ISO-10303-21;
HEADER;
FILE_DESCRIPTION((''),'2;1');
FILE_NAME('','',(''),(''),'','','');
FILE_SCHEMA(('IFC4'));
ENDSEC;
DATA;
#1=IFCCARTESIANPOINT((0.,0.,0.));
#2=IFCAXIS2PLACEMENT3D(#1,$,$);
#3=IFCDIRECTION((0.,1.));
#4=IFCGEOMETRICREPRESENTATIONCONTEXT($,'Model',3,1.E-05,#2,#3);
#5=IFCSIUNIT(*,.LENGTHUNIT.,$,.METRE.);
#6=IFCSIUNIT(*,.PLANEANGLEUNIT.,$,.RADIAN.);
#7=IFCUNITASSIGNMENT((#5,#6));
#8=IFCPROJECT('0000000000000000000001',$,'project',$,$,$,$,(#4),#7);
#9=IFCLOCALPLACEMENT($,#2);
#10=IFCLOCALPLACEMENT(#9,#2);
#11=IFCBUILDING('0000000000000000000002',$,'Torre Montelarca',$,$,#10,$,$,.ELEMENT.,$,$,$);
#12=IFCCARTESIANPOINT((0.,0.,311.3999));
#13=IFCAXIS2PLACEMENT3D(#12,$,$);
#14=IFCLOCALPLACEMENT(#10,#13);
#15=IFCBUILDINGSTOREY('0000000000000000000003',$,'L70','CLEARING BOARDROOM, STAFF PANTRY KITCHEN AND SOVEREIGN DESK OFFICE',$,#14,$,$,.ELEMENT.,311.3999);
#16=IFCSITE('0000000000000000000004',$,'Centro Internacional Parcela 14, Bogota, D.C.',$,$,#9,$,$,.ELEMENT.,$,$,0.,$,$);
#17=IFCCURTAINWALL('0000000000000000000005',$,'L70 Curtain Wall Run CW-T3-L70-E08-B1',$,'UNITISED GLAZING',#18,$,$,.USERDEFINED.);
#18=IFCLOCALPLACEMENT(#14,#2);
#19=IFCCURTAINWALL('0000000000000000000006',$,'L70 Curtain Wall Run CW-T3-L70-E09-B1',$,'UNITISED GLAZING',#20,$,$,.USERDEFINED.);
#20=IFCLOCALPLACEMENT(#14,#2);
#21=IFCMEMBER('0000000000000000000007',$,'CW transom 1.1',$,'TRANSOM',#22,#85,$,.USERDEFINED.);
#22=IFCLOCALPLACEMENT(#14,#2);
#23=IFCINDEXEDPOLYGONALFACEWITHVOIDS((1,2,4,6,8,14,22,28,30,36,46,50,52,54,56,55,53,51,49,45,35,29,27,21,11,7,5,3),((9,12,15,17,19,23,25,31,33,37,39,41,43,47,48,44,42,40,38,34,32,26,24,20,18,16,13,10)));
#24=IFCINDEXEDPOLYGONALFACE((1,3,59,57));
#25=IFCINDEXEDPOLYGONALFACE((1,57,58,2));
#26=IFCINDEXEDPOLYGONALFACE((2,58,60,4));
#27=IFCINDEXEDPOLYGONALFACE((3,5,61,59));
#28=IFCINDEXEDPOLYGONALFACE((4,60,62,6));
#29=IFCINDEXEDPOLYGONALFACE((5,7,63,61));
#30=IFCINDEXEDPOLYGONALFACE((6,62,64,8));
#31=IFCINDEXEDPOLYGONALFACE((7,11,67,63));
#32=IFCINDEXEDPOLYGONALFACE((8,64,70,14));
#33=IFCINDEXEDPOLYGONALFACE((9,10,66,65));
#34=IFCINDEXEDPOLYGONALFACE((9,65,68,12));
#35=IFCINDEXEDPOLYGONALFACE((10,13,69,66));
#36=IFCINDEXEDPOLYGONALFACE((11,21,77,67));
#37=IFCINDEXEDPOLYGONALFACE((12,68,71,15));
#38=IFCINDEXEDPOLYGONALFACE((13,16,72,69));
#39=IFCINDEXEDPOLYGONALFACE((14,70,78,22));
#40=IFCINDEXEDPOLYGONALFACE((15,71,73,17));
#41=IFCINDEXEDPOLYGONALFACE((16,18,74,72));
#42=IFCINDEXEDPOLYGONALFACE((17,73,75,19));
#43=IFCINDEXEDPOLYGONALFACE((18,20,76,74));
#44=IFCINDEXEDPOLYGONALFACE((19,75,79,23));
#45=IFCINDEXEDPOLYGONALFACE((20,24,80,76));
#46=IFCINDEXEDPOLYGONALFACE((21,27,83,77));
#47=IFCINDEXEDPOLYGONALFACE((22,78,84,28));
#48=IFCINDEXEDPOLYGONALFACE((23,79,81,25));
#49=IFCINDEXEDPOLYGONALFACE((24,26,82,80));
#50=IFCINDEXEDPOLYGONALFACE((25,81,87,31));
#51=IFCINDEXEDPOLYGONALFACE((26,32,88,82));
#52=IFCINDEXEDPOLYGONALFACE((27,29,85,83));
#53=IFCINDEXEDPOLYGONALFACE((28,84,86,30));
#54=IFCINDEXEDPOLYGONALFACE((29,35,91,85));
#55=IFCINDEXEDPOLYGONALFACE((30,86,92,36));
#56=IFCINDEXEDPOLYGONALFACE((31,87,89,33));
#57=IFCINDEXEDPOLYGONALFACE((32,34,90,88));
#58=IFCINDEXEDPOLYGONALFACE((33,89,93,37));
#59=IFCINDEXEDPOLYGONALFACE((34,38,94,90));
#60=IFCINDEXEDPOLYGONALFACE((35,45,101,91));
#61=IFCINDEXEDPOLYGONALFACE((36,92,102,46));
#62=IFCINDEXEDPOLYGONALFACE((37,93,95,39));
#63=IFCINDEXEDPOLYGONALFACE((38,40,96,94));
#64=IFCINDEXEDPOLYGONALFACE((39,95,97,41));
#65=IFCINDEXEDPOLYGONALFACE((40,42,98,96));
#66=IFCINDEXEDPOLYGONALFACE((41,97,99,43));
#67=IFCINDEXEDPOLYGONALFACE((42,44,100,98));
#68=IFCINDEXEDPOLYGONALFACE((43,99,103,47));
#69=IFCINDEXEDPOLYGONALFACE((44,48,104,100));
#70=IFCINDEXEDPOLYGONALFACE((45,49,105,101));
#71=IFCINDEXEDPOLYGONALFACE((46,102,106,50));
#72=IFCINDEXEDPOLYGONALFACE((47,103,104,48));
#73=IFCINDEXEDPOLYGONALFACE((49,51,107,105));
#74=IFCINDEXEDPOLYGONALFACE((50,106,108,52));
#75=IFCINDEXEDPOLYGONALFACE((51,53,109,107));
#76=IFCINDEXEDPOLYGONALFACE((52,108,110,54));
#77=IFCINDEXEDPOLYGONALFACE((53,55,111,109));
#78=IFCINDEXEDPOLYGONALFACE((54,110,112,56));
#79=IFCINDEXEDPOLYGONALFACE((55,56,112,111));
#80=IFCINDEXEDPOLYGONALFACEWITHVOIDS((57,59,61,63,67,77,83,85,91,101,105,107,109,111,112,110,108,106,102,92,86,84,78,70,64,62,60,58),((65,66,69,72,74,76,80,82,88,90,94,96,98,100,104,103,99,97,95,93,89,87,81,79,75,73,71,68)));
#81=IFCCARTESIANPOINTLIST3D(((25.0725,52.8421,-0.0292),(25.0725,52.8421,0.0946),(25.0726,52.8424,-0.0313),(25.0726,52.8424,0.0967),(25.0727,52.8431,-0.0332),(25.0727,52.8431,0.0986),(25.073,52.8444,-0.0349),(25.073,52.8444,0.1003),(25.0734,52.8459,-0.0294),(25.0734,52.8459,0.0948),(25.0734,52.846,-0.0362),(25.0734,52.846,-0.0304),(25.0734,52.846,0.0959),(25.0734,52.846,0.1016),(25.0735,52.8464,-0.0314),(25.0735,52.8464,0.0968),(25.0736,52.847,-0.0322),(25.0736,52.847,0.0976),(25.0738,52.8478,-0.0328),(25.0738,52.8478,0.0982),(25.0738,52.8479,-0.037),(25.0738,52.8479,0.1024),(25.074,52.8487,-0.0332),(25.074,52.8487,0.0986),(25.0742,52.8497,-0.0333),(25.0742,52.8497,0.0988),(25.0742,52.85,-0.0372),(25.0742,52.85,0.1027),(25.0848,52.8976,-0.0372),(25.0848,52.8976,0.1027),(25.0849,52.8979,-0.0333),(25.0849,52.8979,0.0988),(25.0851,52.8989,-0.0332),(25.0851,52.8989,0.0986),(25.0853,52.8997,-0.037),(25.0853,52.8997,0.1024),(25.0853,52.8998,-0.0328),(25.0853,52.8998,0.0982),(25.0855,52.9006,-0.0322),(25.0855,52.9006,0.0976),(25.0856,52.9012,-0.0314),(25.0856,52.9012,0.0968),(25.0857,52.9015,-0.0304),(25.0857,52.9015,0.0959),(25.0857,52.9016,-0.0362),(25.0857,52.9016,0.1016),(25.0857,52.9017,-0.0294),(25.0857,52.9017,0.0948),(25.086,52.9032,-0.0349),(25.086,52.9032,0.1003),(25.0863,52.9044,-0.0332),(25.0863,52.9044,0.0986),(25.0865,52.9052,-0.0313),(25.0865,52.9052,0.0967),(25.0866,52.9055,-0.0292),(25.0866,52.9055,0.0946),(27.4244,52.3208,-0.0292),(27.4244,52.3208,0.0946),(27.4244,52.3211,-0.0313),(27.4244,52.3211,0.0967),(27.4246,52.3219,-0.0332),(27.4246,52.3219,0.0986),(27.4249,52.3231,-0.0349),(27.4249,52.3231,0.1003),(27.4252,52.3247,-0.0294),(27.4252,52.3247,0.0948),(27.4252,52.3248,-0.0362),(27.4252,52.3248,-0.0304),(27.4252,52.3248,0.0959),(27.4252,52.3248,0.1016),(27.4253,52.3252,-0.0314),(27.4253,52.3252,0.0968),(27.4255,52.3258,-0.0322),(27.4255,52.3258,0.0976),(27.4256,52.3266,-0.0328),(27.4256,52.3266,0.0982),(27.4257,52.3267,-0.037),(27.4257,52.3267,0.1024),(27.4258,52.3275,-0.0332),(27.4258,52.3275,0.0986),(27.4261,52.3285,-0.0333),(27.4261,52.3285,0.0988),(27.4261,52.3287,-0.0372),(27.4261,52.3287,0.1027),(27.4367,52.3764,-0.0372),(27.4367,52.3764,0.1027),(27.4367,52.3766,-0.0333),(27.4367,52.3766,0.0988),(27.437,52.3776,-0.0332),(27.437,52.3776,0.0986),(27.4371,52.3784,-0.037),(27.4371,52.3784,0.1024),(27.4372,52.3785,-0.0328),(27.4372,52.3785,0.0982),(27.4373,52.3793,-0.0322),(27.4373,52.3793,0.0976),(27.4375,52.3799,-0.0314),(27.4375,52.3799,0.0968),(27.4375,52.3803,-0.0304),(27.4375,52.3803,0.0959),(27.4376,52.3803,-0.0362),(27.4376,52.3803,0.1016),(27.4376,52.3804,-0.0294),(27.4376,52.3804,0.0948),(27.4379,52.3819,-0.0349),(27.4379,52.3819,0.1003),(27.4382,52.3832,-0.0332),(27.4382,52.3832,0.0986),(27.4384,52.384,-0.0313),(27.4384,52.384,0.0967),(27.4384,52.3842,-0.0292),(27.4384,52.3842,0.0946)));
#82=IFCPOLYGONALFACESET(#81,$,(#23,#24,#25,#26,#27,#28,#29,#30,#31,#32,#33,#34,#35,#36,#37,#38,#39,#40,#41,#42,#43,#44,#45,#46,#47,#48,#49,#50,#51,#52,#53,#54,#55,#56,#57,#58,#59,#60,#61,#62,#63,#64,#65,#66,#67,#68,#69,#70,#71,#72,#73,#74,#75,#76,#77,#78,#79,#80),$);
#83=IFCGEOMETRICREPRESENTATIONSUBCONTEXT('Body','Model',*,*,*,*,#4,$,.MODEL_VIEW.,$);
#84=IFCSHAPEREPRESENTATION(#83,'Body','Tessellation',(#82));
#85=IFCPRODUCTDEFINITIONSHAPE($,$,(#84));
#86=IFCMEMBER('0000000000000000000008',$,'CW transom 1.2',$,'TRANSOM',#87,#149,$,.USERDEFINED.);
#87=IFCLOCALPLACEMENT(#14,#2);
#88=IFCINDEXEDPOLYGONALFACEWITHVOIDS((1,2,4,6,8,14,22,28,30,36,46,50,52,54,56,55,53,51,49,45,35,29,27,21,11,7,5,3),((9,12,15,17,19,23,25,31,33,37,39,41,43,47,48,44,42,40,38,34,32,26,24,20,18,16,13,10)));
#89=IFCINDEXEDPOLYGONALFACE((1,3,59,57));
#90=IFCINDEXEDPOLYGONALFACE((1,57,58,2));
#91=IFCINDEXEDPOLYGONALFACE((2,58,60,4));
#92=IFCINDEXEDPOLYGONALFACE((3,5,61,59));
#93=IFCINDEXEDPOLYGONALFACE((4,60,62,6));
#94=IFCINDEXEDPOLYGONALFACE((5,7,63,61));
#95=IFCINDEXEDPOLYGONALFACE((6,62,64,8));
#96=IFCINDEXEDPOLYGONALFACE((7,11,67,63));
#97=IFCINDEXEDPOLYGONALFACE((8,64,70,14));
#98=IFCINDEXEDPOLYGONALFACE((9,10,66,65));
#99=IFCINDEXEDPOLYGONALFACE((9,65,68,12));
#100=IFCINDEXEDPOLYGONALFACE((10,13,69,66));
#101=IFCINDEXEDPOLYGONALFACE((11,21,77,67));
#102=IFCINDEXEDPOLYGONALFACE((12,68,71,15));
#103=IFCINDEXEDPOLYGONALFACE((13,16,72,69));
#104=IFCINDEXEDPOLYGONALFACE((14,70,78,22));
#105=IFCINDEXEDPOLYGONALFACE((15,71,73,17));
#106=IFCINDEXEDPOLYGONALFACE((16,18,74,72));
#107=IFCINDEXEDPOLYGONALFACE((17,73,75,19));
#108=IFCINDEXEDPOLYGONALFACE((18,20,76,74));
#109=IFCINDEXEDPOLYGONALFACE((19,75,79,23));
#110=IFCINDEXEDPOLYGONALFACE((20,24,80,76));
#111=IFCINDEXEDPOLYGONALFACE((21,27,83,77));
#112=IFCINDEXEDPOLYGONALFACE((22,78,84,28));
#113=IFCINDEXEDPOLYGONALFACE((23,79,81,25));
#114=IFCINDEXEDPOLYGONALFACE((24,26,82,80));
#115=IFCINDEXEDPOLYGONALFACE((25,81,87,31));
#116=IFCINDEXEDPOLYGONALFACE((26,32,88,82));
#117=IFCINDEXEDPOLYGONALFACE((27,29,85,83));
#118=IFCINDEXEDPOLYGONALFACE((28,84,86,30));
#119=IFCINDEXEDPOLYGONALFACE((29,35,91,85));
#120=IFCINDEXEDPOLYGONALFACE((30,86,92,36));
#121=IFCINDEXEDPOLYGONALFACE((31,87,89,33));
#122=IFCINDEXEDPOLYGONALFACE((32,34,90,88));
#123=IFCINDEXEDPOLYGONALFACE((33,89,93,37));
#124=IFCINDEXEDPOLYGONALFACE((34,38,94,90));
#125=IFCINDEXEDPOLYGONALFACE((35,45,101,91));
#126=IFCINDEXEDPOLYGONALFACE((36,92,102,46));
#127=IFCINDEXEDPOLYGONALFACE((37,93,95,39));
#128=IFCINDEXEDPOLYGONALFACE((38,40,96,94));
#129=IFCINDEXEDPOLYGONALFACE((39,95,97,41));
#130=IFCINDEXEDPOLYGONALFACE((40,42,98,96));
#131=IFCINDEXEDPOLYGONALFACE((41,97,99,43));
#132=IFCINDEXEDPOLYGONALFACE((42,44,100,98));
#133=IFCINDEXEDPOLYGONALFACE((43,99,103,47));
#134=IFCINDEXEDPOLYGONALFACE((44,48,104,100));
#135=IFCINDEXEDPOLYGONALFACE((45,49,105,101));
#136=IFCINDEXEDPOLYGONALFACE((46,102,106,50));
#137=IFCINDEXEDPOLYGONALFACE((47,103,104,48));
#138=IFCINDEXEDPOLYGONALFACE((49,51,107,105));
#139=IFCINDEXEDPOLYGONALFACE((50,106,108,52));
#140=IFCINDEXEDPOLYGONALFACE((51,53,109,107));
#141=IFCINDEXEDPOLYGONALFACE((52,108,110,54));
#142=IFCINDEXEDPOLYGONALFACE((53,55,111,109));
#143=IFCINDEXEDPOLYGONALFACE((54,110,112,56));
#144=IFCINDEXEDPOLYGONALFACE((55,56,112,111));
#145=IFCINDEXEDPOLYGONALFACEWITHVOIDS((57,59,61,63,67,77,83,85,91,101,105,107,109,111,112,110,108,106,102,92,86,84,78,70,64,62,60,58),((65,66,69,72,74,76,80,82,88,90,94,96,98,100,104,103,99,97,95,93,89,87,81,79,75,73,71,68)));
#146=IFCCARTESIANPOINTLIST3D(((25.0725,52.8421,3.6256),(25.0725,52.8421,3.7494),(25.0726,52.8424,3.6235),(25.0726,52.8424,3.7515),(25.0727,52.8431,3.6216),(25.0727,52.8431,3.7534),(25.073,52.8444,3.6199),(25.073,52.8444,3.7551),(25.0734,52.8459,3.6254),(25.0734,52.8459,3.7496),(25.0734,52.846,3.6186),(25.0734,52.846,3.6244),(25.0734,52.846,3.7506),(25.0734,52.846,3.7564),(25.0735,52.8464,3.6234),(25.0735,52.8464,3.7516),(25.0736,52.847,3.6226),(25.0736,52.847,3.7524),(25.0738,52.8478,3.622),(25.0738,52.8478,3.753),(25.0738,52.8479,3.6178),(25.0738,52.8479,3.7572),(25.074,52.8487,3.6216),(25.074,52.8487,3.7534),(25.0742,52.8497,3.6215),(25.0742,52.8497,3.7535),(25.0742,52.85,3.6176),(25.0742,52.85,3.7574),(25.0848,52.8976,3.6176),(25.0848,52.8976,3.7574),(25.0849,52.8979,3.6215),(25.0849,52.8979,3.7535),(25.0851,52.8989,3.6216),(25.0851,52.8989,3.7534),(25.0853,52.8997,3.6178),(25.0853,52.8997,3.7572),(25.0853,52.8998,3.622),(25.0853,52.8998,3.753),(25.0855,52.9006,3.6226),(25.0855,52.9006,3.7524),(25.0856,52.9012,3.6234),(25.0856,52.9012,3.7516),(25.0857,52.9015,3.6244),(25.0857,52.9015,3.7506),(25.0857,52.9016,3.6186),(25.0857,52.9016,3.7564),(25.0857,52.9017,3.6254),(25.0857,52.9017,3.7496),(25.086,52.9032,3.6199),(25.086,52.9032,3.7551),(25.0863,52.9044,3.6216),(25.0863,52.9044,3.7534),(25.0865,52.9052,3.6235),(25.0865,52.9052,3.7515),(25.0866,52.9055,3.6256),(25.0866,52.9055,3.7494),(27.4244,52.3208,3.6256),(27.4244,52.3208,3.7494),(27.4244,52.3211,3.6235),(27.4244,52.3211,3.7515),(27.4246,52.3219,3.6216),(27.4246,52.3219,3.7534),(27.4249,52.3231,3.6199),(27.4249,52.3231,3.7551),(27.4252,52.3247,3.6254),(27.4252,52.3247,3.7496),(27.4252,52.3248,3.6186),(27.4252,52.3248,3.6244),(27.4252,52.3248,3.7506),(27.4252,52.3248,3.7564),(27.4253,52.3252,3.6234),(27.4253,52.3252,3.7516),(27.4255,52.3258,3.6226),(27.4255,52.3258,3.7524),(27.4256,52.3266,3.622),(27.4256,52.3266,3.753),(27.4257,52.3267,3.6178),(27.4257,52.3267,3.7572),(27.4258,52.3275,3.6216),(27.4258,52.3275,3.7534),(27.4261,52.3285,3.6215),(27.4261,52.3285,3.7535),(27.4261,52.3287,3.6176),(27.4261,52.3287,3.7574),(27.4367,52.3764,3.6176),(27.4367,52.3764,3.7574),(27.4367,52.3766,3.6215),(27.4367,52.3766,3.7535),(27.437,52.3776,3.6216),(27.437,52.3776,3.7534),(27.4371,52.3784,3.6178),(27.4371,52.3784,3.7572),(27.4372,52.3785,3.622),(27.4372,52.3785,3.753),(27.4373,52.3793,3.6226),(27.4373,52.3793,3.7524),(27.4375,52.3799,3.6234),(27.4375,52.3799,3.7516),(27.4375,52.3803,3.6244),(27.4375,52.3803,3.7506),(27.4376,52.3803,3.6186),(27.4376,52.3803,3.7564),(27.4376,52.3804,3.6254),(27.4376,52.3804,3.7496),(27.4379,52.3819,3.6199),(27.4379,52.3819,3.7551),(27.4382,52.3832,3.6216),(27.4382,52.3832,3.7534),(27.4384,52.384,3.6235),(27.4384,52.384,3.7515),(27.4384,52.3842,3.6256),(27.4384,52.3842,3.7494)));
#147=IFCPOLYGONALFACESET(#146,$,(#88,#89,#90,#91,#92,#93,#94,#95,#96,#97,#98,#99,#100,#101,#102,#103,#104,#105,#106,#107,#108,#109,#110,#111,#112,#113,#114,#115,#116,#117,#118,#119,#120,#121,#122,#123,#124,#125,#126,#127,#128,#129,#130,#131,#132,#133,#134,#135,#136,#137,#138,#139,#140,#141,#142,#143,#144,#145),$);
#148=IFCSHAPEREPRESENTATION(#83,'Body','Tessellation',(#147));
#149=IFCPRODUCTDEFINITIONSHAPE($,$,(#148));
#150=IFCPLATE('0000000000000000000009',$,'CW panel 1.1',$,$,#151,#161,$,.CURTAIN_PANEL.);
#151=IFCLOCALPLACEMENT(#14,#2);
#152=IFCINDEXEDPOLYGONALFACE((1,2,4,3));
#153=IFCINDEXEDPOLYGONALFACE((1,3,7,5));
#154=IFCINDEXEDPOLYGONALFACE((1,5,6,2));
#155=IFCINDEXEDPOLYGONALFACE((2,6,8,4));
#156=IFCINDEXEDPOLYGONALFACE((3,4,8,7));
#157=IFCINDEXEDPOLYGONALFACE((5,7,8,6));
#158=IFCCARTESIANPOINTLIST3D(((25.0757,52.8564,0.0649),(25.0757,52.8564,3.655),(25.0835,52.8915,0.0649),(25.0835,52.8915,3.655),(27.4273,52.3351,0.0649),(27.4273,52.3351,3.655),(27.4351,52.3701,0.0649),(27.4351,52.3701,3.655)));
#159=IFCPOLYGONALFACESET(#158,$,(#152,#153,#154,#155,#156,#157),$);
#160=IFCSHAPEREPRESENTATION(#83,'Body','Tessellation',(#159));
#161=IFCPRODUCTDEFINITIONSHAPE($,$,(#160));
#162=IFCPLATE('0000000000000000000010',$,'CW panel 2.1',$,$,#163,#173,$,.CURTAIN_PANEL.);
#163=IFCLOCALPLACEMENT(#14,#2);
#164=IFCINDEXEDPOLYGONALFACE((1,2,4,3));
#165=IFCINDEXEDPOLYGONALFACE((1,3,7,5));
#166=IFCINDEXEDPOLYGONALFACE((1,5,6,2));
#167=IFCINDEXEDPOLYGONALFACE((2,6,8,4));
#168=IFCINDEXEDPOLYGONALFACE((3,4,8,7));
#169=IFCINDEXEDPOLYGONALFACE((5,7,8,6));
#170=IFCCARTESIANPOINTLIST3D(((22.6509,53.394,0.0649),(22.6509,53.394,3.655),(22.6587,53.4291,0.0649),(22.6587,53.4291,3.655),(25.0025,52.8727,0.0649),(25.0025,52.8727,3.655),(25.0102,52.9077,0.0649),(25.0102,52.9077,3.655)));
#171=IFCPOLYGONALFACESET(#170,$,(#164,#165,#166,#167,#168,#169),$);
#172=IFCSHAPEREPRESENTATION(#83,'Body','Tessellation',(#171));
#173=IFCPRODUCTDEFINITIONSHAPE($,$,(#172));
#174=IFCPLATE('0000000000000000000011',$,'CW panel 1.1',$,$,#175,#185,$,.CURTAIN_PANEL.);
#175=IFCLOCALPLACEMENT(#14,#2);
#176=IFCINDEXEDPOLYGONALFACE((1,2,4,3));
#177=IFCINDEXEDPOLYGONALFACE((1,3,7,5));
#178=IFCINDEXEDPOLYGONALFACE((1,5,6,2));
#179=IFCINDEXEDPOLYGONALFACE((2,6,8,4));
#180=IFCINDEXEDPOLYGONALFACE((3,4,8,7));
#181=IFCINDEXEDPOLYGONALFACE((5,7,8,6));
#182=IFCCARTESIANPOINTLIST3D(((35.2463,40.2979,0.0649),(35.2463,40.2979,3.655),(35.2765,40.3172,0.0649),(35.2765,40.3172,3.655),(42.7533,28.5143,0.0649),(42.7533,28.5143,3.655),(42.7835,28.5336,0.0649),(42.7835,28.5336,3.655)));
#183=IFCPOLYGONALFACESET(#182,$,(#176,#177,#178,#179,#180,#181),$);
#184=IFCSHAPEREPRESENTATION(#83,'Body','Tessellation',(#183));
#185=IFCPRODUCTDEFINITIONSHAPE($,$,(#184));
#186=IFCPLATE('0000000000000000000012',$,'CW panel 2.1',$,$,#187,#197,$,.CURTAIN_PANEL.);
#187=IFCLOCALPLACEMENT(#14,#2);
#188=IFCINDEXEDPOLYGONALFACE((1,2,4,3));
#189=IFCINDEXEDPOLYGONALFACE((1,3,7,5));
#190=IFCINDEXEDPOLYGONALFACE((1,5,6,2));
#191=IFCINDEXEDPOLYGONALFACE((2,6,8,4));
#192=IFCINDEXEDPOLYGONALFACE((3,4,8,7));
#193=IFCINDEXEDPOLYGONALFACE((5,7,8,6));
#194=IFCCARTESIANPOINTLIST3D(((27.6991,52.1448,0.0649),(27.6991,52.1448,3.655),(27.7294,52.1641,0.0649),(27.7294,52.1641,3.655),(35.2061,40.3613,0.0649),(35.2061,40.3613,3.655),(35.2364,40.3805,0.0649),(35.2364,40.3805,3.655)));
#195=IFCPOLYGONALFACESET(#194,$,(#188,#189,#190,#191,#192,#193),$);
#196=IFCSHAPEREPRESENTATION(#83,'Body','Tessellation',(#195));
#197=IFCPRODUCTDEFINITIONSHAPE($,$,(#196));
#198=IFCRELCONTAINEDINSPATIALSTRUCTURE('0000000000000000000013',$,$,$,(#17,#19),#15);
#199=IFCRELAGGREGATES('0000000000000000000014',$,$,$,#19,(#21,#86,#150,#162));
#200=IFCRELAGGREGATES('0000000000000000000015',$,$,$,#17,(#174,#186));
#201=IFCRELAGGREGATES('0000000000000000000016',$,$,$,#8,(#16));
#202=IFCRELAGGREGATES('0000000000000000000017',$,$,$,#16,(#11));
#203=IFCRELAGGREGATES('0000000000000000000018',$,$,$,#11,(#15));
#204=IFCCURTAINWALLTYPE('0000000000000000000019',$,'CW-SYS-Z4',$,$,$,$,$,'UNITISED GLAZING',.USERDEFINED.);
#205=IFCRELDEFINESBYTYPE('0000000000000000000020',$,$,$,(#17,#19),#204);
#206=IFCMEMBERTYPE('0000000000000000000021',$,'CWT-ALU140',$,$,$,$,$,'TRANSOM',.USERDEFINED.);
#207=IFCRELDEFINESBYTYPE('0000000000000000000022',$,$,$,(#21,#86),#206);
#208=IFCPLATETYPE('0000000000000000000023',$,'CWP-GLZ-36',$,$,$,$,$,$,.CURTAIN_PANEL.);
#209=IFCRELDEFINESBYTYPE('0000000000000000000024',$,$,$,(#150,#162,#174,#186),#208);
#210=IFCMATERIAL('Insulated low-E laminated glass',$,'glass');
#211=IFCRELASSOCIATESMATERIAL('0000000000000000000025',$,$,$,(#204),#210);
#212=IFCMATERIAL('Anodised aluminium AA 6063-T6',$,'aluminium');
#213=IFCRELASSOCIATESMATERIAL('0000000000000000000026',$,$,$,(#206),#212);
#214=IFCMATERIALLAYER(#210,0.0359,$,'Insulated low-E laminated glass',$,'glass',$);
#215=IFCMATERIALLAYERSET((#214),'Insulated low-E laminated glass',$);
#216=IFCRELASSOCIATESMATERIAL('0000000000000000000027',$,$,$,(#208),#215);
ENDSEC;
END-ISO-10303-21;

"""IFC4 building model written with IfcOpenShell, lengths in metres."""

from ifc_helpers import new_model, si_unit, direction, frame, origin, origin_2d, place, context, subcontext, project, spatial, rectangle, hollow_rectangle, extrude, source, transform, mapped, material, layer, layer_set, material_profile, profile_set, type_object, element, aggregate, save


model = new_model("IFC4")

# Units and contexts
model_context = context("Model", 3, precision=1e-05, world=origin(), true_north=direction((0.0, 1.0)))
body_context = subcontext(model_context, "Body", "Model", "MODEL_VIEW")
ifc_project = project(units=[si_unit("LENGTHUNIT", "METRE"), si_unit("PLANEANGLEUNIT", "RADIAN")], contexts=[model_context])

# Site, building, storey
site_placement = place(None, origin())
site = spatial("IfcSite", under=ifc_project, at=site_placement, Name="Centro Internacional Parcela 14, Bogota, D.C.", CompositionType="ELEMENT", RefElevation=0.0)
building_placement = place(site_placement, origin())
building = spatial("IfcBuilding", under=site, at=building_placement, Name="Torre Montelarca", CompositionType="ELEMENT")
storey_placement = place(building_placement, frame((0.0, 0.0, 311.3999)))
storey = spatial("IfcBuildingStorey", under=building, at=storey_placement, Name="L70", Description="CLEARING BOARDROOM, STAFF PANTRY KITCHEN AND SOVEREIGN DESK OFFICE", CompositionType="ELEMENT", Elevation=311.3999)

# Curtain walls
ifc_material_1 = material(Name="Insulated low-E laminated glass", Category="glass")
curtain_wall_type = type_object("IfcCurtainWallType", Name="CW-SYS-Z4", ElementType="UNITISED GLAZING", PredefinedType="USERDEFINED", material=ifc_material_1)
curtain_wall_1_placement = place(storey_placement, origin())
curtain_wall_1 = element("IfcCurtainWall", 1, at=curtain_wall_1_placement, inside=storey, type_object=curtain_wall_type, Name="L70 Curtain Wall Run CW-T3-L70-E08-B1", ObjectType="UNITISED GLAZING", PredefinedType="USERDEFINED")
ifc_material_2 = material(Name="Anodised aluminium AA 6063-T6", Category="aluminium")
curtain_wall_2_placement = place(storey_placement, origin())
curtain_wall_2 = element("IfcCurtainWall", 2, at=curtain_wall_2_placement, inside=storey, type_object=curtain_wall_type, Name="L70 Curtain Wall Run CW-T3-L70-E09-B1", ObjectType="UNITISED GLAZING", PredefinedType="USERDEFINED")
ifc_material_profile_1 = material_profile(ifc_material_2, hollow_rectangle(XDim=0.0649, YDim=0.1399, WallThickness=0.0039, InnerFilletRadius=0.0039, OuterFilletRadius=0.0081, at=origin_2d()), Name="ALU65X140X4", Category="aluminium")
ifc_profile_set_1 = profile_set([ifc_material_profile_1], Name="Anodised aluminium AA 6063-T6")
member_type_1 = type_object("IfcMemberType", Name="CWT-ALU140", ElementType="TRANSOM", PredefinedType="USERDEFINED", material=ifc_profile_set_1)

# Members
shared_shape_1 = source(origin(), body_context, "Body", "SweptSolid", [
    extrude(hollow_rectangle(XDim=0.0649, YDim=0.1399, WallThickness=0.0039, InnerFilletRadius=0.0039, OuterFilletRadius=0.0081, at=origin_2d()), origin(), (0.0, 0.0, 1.0), 2.4089),
])
member_1_placement = place(storey_placement, frame((27.4314, 52.3525, 0.0327), z_axis=(-0.976309, 0.216383, 0.0), x_axis=(-0.216383, -0.976309, 0.0)))
member_1 = element("IfcMember", 3, at=member_1_placement, type_object=member_type_1, Name="CW transom 1.1", ObjectType="TRANSOM", PredefinedType="USERDEFINED", context=body_context, shape_type="MappedRepresentation", body=[
    mapped(shared_shape_1, transform((0.0, 0.0, 0.0), scale=1.0)),
])
member_2_placement = place(storey_placement, frame((27.4314, 52.3525, 3.6875), z_axis=(-0.976309, 0.216383, 0.0), x_axis=(-0.216383, -0.976309, 0.0)))
member_2 = element("IfcMember", 4, at=member_2_placement, type_object=member_type_1, Name="CW transom 1.2", ObjectType="TRANSOM", PredefinedType="USERDEFINED", context=body_context, shape_type="MappedRepresentation", body=[
    mapped(shared_shape_1, transform((0.0, 0.0, 0.0), scale=1.0)),
])

# Plates
ifc_layer_1 = layer(ifc_material_1, 0.0359, Name="Insulated low-E laminated glass", Category="glass")
ifc_layer_set_1 = layer_set([ifc_layer_1], Name="Insulated low-E laminated glass")
plate_type = type_object("IfcPlateType", Name="CWP-GLZ-36", PredefinedType="CURTAIN_PANEL", material=ifc_layer_set_1)
shared_shape_2 = source(origin(), body_context, "Body", "SweptSolid", [
    extrude(rectangle(XDim=2.4087, YDim=0.0359, at=origin_2d()), origin(), (0.0, 0.0, 1.0), 3.5901),
])
plate_1_placement = place(storey_placement, frame((26.2554, 52.6133, 0.0649), z_axis=(0.0, 0.0, 1.0), x_axis=(-0.976295, 0.216443, 0.0)))
plate_1 = element("IfcPlate", 5, at=plate_1_placement, type_object=plate_type, Name="CW panel 1.1", PredefinedType="CURTAIN_PANEL", context=body_context, shape_type="MappedRepresentation", body=[
    mapped(shared_shape_2, transform((0.0, 0.0, 0.0), scale=1.0)),
])
plate_2_placement = place(storey_placement, frame((23.8306, 53.1509, 0.0649), z_axis=(0.0, 0.0, 1.0), x_axis=(-0.976295, 0.216443, 0.0)))
plate_2 = element("IfcPlate", 6, at=plate_2_placement, type_object=plate_type, Name="CW panel 2.1", PredefinedType="CURTAIN_PANEL", context=body_context, shape_type="MappedRepresentation", body=[
    mapped(shared_shape_2, transform((0.0, 0.0, 0.0), scale=1.0)),
])
aggregate(curtain_wall_2, [member_1, member_2, plate_1, plate_2])
shared_shape_3 = source(origin(), body_context, "Body", "SweptSolid", [
    extrude(rectangle(XDim=13.9717, YDim=0.0359, at=origin_2d()), origin(), (0.0, 0.0, 1.0), 3.5901),
])
plate_3_placement = place(storey_placement, frame((39.0149, 34.4158, 0.0649), z_axis=(0.0, 0.0, 1.0), x_axis=(-0.5373, 0.843391, 0.0)))
plate_3 = element("IfcPlate", 7, at=plate_3_placement, type_object=plate_type, Name="CW panel 1.1", PredefinedType="CURTAIN_PANEL", context=body_context, shape_type="MappedRepresentation", body=[
    mapped(shared_shape_3, transform((0.0, 0.0, 0.0), scale=1.0)),
])
plate_4_placement = place(storey_placement, frame((31.4678, 46.2627, 0.0649), z_axis=(0.0, 0.0, 1.0), x_axis=(-0.5373, 0.843391, 0.0)))
plate_4 = element("IfcPlate", 8, at=plate_4_placement, type_object=plate_type, Name="CW panel 2.1", PredefinedType="CURTAIN_PANEL", context=body_context, shape_type="MappedRepresentation", body=[
    mapped(shared_shape_3, transform((0.0, 0.0, 0.0), scale=1.0)),
])
aggregate(curtain_wall_1, [plate_3, plate_4])

save(model, "model.ifc")
